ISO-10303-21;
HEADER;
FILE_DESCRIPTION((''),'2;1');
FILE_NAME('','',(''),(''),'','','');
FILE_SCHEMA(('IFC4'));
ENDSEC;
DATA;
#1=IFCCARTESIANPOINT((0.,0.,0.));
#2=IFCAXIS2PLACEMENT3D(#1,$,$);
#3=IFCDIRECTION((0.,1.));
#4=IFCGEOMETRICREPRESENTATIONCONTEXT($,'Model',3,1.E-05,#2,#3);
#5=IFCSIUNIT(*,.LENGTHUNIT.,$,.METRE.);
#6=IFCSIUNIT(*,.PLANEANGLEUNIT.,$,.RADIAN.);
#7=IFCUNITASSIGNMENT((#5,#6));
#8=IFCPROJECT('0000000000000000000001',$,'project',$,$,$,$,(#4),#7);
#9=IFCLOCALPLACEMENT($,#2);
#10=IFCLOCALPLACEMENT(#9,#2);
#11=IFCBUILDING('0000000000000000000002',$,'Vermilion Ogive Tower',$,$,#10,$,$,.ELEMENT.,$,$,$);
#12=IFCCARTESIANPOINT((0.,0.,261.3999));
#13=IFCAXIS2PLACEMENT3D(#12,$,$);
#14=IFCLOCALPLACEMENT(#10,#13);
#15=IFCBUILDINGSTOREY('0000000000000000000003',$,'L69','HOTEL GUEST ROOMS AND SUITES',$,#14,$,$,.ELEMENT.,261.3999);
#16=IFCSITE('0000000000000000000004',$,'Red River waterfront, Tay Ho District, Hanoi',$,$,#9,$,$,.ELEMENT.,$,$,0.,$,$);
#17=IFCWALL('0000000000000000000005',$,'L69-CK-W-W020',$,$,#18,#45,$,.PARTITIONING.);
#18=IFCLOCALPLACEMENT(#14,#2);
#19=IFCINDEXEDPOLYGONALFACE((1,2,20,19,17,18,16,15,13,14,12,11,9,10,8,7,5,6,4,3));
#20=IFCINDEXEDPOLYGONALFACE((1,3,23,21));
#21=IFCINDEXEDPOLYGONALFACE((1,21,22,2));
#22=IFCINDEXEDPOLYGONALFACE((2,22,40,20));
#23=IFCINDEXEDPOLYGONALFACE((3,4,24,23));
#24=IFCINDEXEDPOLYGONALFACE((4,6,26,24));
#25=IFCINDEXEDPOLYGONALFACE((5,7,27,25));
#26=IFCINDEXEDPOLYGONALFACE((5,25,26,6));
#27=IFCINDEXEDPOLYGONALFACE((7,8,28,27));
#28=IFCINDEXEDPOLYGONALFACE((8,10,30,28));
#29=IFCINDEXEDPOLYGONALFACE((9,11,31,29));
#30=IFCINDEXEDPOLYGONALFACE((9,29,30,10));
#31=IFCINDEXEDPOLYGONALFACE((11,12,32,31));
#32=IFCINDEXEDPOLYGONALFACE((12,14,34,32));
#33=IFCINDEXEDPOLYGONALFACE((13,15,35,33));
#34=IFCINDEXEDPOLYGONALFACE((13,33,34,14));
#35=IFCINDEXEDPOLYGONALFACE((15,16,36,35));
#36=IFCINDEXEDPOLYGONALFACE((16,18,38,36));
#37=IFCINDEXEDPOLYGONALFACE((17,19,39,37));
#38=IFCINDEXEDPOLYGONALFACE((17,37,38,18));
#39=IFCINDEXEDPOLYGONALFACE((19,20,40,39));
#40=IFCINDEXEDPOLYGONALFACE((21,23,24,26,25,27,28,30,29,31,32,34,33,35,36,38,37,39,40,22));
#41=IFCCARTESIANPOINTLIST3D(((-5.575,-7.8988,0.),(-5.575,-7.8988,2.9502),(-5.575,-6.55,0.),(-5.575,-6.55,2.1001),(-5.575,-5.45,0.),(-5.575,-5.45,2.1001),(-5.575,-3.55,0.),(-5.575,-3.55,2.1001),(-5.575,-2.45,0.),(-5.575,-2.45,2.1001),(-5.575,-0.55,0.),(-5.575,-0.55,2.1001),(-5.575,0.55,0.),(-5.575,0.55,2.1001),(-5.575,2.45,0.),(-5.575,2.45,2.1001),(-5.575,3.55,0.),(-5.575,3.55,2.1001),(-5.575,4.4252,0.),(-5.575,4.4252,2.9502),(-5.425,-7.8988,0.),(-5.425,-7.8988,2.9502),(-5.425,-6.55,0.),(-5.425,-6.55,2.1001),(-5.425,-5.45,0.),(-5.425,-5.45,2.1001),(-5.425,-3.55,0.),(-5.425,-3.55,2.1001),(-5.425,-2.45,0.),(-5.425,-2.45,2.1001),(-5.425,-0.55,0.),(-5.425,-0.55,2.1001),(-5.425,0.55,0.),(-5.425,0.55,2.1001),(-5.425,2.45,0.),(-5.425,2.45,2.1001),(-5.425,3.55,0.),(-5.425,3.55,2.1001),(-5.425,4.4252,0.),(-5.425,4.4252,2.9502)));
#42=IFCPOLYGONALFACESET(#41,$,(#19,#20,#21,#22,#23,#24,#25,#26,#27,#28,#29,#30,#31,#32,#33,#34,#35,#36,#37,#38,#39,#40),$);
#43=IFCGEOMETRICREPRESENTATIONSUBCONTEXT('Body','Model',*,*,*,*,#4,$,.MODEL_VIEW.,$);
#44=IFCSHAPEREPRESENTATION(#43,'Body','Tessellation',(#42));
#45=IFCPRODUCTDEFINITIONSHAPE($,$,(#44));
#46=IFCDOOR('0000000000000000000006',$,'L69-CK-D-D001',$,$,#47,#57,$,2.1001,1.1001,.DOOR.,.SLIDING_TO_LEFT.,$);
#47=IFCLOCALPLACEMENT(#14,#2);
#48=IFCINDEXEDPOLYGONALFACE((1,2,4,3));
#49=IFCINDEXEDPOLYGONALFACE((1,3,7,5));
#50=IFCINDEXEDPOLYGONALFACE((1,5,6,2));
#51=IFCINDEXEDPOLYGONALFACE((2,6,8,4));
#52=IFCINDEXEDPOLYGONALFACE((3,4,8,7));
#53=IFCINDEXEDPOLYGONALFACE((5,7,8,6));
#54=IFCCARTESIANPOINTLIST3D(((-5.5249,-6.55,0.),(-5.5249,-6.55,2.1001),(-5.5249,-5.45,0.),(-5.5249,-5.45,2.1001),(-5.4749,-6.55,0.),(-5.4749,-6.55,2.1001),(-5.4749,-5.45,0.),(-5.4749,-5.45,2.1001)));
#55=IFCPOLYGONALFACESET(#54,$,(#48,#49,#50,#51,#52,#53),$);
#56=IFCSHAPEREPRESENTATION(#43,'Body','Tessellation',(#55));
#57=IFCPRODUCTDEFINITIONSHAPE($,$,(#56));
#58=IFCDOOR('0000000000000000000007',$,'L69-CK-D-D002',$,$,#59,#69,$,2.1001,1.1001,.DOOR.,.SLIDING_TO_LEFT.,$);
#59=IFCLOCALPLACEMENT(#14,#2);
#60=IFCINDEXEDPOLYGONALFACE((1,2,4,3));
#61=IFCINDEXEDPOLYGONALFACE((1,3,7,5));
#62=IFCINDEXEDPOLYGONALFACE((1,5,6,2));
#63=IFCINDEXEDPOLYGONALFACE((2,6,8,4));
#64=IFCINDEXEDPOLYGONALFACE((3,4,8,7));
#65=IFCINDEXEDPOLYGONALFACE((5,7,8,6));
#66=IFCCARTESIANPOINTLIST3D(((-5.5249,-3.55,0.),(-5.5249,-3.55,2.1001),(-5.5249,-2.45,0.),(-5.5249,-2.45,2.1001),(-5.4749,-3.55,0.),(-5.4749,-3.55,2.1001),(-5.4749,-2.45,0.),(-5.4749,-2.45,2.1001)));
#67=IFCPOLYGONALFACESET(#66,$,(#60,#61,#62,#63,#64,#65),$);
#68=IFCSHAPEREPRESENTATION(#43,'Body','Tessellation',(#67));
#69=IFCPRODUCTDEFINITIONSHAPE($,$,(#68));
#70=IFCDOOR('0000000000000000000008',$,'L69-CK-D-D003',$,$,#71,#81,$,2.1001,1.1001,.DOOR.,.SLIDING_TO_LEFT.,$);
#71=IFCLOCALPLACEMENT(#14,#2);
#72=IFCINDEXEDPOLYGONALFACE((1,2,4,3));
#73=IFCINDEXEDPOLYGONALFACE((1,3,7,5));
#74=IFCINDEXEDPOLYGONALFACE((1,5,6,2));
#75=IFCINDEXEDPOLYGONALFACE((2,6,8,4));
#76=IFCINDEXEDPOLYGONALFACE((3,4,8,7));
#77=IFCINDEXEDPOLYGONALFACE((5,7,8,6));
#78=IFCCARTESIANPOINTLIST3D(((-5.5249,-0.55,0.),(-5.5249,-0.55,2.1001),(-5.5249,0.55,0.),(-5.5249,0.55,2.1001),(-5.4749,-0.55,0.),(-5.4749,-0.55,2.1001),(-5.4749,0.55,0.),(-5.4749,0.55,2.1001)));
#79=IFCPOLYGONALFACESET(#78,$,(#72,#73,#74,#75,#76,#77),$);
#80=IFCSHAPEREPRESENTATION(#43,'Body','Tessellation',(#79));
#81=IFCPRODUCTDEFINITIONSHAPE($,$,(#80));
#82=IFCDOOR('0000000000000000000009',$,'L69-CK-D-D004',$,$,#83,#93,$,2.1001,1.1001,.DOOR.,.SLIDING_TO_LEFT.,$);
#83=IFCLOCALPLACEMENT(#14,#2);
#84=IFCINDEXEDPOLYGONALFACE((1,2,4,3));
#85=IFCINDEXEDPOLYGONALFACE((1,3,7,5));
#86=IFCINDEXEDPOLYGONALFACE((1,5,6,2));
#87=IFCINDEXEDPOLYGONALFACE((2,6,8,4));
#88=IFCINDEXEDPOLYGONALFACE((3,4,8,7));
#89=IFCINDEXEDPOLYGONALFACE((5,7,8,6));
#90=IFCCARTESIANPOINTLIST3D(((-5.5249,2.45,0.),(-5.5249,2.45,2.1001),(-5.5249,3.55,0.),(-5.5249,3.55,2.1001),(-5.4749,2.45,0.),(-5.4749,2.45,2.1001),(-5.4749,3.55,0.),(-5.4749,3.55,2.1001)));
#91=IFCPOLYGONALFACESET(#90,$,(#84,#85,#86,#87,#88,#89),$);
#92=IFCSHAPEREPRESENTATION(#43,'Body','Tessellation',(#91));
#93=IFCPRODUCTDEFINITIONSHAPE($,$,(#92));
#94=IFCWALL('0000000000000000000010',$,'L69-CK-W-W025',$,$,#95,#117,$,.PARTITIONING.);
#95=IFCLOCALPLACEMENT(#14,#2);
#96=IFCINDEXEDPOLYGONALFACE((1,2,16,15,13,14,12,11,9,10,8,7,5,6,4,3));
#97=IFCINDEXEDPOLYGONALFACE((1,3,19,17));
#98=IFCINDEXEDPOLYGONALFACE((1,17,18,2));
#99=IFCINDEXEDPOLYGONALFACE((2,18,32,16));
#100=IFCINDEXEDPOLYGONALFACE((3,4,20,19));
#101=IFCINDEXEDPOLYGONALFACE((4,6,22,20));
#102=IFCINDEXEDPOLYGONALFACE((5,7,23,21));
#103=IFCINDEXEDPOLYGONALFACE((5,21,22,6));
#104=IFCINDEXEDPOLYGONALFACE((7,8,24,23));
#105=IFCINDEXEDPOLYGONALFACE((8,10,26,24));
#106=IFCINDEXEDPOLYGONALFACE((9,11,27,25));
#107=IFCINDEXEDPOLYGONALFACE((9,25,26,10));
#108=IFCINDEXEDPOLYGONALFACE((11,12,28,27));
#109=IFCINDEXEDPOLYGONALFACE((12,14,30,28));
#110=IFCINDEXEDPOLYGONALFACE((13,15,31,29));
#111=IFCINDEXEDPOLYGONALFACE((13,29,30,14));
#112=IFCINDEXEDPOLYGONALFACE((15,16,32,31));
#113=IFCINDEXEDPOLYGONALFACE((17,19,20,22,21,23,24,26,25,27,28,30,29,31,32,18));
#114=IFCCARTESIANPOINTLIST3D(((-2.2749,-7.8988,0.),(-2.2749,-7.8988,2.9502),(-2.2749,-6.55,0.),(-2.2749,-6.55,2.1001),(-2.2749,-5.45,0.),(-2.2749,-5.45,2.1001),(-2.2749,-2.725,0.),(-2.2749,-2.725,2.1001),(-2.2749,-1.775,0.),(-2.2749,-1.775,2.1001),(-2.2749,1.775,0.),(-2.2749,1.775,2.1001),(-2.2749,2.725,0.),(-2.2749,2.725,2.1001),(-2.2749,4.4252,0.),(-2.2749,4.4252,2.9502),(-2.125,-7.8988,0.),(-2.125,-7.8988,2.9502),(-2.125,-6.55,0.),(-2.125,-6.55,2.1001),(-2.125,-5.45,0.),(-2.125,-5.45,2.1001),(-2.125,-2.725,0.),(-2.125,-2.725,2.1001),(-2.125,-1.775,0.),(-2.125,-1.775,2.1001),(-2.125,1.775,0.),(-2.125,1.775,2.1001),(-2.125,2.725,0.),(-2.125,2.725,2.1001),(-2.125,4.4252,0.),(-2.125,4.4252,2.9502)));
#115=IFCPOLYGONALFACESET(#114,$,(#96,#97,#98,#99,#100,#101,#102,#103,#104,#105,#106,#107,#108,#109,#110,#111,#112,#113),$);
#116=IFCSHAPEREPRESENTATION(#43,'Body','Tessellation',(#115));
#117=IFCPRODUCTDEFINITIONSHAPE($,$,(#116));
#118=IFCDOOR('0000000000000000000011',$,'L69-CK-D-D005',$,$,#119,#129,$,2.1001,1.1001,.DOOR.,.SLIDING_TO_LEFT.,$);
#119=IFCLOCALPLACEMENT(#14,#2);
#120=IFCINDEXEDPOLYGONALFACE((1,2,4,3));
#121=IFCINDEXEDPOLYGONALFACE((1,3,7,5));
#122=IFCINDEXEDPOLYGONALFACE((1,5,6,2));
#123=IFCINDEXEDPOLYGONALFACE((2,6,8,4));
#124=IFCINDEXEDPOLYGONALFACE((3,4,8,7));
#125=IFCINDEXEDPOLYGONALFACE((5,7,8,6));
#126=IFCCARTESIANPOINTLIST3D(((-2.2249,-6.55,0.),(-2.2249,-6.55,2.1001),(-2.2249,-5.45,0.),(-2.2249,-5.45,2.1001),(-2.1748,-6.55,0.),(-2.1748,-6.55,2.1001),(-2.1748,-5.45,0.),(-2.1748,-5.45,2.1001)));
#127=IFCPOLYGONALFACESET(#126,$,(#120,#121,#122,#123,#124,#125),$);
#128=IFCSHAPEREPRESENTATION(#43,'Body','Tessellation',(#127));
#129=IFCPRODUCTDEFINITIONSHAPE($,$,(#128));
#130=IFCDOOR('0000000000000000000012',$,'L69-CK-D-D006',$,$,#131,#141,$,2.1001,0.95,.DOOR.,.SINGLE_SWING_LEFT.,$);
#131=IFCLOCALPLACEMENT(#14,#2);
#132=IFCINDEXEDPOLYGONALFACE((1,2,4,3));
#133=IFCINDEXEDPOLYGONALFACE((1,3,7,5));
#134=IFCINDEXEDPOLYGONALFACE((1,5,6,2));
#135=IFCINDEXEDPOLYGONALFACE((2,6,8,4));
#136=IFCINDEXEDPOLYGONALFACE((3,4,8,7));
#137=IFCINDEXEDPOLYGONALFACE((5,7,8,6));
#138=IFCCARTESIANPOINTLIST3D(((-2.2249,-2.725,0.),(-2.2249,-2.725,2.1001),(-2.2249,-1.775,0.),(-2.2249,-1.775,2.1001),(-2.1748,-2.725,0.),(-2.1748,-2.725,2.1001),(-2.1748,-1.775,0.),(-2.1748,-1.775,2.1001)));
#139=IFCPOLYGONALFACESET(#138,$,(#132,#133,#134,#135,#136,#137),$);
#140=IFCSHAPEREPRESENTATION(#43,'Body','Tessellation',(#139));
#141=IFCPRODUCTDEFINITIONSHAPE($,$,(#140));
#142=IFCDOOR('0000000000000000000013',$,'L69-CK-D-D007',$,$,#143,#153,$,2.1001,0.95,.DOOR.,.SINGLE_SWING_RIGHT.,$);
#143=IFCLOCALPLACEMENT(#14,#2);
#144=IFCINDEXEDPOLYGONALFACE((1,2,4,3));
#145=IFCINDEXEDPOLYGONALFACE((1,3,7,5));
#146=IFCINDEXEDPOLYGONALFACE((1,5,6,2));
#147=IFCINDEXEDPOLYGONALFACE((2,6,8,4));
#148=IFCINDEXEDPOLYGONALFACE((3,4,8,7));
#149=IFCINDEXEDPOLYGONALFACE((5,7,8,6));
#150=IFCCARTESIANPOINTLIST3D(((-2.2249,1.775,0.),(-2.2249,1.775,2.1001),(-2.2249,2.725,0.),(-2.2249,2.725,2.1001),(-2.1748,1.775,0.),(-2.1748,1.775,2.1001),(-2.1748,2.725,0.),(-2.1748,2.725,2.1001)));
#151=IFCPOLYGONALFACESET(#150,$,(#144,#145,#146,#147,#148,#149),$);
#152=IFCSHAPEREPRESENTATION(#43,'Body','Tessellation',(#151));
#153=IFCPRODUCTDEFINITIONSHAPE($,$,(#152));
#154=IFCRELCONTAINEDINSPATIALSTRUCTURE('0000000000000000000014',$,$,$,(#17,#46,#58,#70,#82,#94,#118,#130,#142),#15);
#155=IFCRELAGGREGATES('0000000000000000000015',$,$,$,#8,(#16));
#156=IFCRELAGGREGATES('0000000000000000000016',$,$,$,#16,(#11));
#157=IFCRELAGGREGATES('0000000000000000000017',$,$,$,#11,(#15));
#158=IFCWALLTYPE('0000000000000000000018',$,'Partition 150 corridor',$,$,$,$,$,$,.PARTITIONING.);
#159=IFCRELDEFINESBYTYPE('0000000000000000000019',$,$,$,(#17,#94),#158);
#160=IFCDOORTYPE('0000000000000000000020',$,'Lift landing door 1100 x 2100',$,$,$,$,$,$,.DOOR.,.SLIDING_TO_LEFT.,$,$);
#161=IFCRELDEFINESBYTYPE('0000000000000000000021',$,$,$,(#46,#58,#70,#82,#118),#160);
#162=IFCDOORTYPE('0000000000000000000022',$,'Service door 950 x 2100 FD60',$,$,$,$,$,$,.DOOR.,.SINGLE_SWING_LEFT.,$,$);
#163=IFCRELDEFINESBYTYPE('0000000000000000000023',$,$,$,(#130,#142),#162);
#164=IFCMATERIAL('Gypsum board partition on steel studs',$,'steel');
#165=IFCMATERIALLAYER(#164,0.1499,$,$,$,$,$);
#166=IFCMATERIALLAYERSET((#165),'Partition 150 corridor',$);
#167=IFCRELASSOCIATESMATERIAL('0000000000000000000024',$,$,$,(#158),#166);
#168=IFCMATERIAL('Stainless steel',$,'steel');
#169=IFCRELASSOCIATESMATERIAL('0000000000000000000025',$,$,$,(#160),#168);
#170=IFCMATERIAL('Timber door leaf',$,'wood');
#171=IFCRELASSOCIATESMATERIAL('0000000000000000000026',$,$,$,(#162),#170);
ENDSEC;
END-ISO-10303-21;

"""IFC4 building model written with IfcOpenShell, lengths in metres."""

from ifc_helpers import new_model, si_unit, direction, frame, frame_2d, origin, place, context, subcontext, project, spatial, rectangle, extrude, material, layer, layer_set, type_object, element, fill, save


model = new_model("IFC4")

# Units and contexts
model_context = context("Model", 3, precision=1e-05, world=origin(), true_north=direction((0.0, 1.0)))
body_context = subcontext(model_context, "Body", "Model", "MODEL_VIEW")
ifc_project = project(units=[si_unit("LENGTHUNIT", "METRE"), si_unit("PLANEANGLEUNIT", "RADIAN")], contexts=[model_context])

# Site, building, storey
site_placement = place(None, origin())
site = spatial("IfcSite", under=ifc_project, at=site_placement, Name="Red River waterfront, Tay Ho District, Hanoi", CompositionType="ELEMENT", RefElevation=0.0)
building_placement = place(site_placement, origin())
building = spatial("IfcBuilding", under=site, at=building_placement, Name="Vermilion Ogive Tower", CompositionType="ELEMENT")
storey_placement = place(building_placement, frame((0.0, 0.0, 261.3999)))
storey = spatial("IfcBuildingStorey", under=building, at=storey_placement, Name="L69", Description="HOTEL GUEST ROOMS AND SUITES", CompositionType="ELEMENT", Elevation=261.3999)

# Walls, openings, doors
ifc_material_1 = material(Name="Gypsum board partition on steel studs", Category="steel")
ifc_layer_1 = layer(ifc_material_1, 0.1499)
ifc_layer_set_1 = layer_set([ifc_layer_1], Name="Partition 150 corridor")
wall_type_1 = type_object("IfcWallType", Name="Partition 150 corridor", PredefinedType="PARTITIONING", material=ifc_layer_set_1)
wall_1_placement = place(storey_placement, frame((-5.5, -7.8989, 0.0), z_axis=(0.0, 0.0, 1.0), x_axis=(0.0, 1.0, 0.0)))
wall_1 = element("IfcWall", 1, at=wall_1_placement, inside=storey, type_object=wall_type_1, Name="L69-CK-W-W020", PredefinedType="PARTITIONING", context=body_context, shape_type="SweptSolid", body=[
    extrude(rectangle(XDim=12.324, YDim=0.1499, at=frame_2d((6.1621, 0.0))), origin(), (0.0, 0.0, 1.0), 2.9502),
])
opening_1_placement = place(wall_1_placement, frame((1.3489, 0.0, 0.0)))
opening_1 = element("IfcOpeningElement", 2, at=opening_1_placement, cuts=wall_1, PredefinedType="OPENING", context=body_context, shape_type="SweptSolid", body=[
    extrude(rectangle(XDim=1.1001, YDim=2.1001, at=frame_2d((0.55, 1.05))), frame((0.0, 0.085, 0.0), z_axis=(0.0, -1.0, 0.0), x_axis=(1.0, 0.0, 0.0)), (0.0, 0.0, 1.0), 0.1699),
])
opening_2_placement = place(wall_1_placement, frame((4.3489, 0.0, 0.0)))
opening_2 = element("IfcOpeningElement", 3, at=opening_2_placement, cuts=wall_1, PredefinedType="OPENING", context=body_context, shape_type="SweptSolid", body=[
    extrude(rectangle(XDim=1.1001, YDim=2.1001, at=frame_2d((0.55, 1.05))), frame((0.0, 0.085, 0.0), z_axis=(0.0, -1.0, 0.0), x_axis=(1.0, 0.0, 0.0)), (0.0, 0.0, 1.0), 0.1699),
])
opening_3_placement = place(wall_1_placement, frame((7.3489, 0.0, 0.0)))
opening_3 = element("IfcOpeningElement", 4, at=opening_3_placement, cuts=wall_1, PredefinedType="OPENING", context=body_context, shape_type="SweptSolid", body=[
    extrude(rectangle(XDim=1.1001, YDim=2.1001, at=frame_2d((0.55, 1.05))), frame((0.0, 0.085, 0.0), z_axis=(0.0, -1.0, 0.0), x_axis=(1.0, 0.0, 0.0)), (0.0, 0.0, 1.0), 0.1699),
])
opening_4_placement = place(wall_1_placement, frame((10.3489, 0.0, 0.0)))
opening_4 = element("IfcOpeningElement", 5, at=opening_4_placement, cuts=wall_1, PredefinedType="OPENING", context=body_context, shape_type="SweptSolid", body=[
    extrude(rectangle(XDim=1.1001, YDim=2.1001, at=frame_2d((0.55, 1.05))), frame((0.0, 0.085, 0.0), z_axis=(0.0, -1.0, 0.0), x_axis=(1.0, 0.0, 0.0)), (0.0, 0.0, 1.0), 0.1699),
])
ifc_material_2 = material(Name="Stainless steel", Category="steel")
door_type_1 = type_object("IfcDoorType", Name="Lift landing door 1100 x 2100", OperationType="SLIDING_TO_LEFT", PredefinedType="DOOR", material=ifc_material_2)
door_1_placement = place(opening_1_placement, origin())
door_1 = element("IfcDoor", 6, at=door_1_placement, inside=storey, type_object=door_type_1, Name="L69-CK-D-D001", OperationType="SLIDING_TO_LEFT", OverallHeight=2.1001, OverallWidth=1.1001, PredefinedType="DOOR", context=body_context, shape_type="SweptSolid", body=[
    extrude(rectangle(XDim=1.1001, YDim=2.1001, at=frame_2d((0.55, 1.05))), frame((0.0, 0.0249, 0.0), z_axis=(0.0, -1.0, 0.0), x_axis=(1.0, 0.0, 0.0)), (0.0, 0.0, 1.0), 0.05),
])
fill(opening_1, door_1)
door_2_placement = place(opening_2_placement, origin())
door_2 = element("IfcDoor", 7, at=door_2_placement, inside=storey, type_object=door_type_1, Name="L69-CK-D-D002", OperationType="SLIDING_TO_LEFT", OverallHeight=2.1001, OverallWidth=1.1001, PredefinedType="DOOR", context=body_context, shape_type="SweptSolid", body=[
    extrude(rectangle(XDim=1.1001, YDim=2.1001, at=frame_2d((0.55, 1.05))), frame((0.0, 0.0249, 0.0), z_axis=(0.0, -1.0, 0.0), x_axis=(1.0, 0.0, 0.0)), (0.0, 0.0, 1.0), 0.05),
])
fill(opening_2, door_2)
door_3_placement = place(opening_3_placement, origin())
door_3 = element("IfcDoor", 8, at=door_3_placement, inside=storey, type_object=door_type_1, Name="L69-CK-D-D003", OperationType="SLIDING_TO_LEFT", OverallHeight=2.1001, OverallWidth=1.1001, PredefinedType="DOOR", context=body_context, shape_type="SweptSolid", body=[
    extrude(rectangle(XDim=1.1001, YDim=2.1001, at=frame_2d((0.55, 1.05))), frame((0.0, 0.0249, 0.0), z_axis=(0.0, -1.0, 0.0), x_axis=(1.0, 0.0, 0.0)), (0.0, 0.0, 1.0), 0.05),
])
fill(opening_3, door_3)
door_4_placement = place(opening_4_placement, origin())
door_4 = element("IfcDoor", 9, at=door_4_placement, inside=storey, type_object=door_type_1, Name="L69-CK-D-D004", OperationType="SLIDING_TO_LEFT", OverallHeight=2.1001, OverallWidth=1.1001, PredefinedType="DOOR", context=body_context, shape_type="SweptSolid", body=[
    extrude(rectangle(XDim=1.1001, YDim=2.1001, at=frame_2d((0.55, 1.05))), frame((0.0, 0.0249, 0.0), z_axis=(0.0, -1.0, 0.0), x_axis=(1.0, 0.0, 0.0)), (0.0, 0.0, 1.0), 0.05),
])
fill(opening_4, door_4)
wall_2_placement = place(storey_placement, frame((-2.2, -7.8989, 0.0), z_axis=(0.0, 0.0, 1.0), x_axis=(0.0, 1.0, 0.0)))
wall_2 = element("IfcWall", 10, at=wall_2_placement, inside=storey, type_object=wall_type_1, Name="L69-CK-W-W025", PredefinedType="PARTITIONING", context=body_context, shape_type="SweptSolid", body=[
    extrude(rectangle(XDim=12.324, YDim=0.1499, at=frame_2d((6.1621, 0.0))), origin(), (0.0, 0.0, 1.0), 2.9502),
])
opening_5_placement = place(wall_2_placement, frame((1.3489, 0.0, 0.0)))
opening_5 = element("IfcOpeningElement", 11, at=opening_5_placement, cuts=wall_2, PredefinedType="OPENING", context=body_context, shape_type="SweptSolid", body=[
    extrude(rectangle(XDim=1.1001, YDim=2.1001, at=frame_2d((0.55, 1.05))), frame((0.0, 0.085, 0.0), z_axis=(0.0, -1.0, 0.0), x_axis=(1.0, 0.0, 0.0)), (0.0, 0.0, 1.0), 0.1699),
])
opening_6_placement = place(wall_2_placement, frame((5.1738, 0.0, 0.0)))
opening_6 = element("IfcOpeningElement", 12, at=opening_6_placement, cuts=wall_2, PredefinedType="OPENING", context=body_context, shape_type="SweptSolid", body=[
    extrude(rectangle(XDim=0.95, YDim=2.1001, at=frame_2d((0.4751, 1.05))), frame((0.0, 0.085, 0.0), z_axis=(0.0, -1.0, 0.0), x_axis=(1.0, 0.0, 0.0)), (0.0, 0.0, 1.0), 0.1699),
])
opening_7_placement = place(wall_2_placement, frame((9.6738, 0.0, 0.0)))
opening_7 = element("IfcOpeningElement", 13, at=opening_7_placement, cuts=wall_2, PredefinedType="OPENING", context=body_context, shape_type="SweptSolid", body=[
    extrude(rectangle(XDim=0.95, YDim=2.1001, at=frame_2d((0.4751, 1.05))), frame((0.0, 0.085, 0.0), z_axis=(0.0, -1.0, 0.0), x_axis=(1.0, 0.0, 0.0)), (0.0, 0.0, 1.0), 0.1699),
])
door_5_placement = place(opening_5_placement, origin())
door_5 = element("IfcDoor", 14, at=door_5_placement, inside=storey, type_object=door_type_1, Name="L69-CK-D-D005", OperationType="SLIDING_TO_LEFT", OverallHeight=2.1001, OverallWidth=1.1001, PredefinedType="DOOR", context=body_context, shape_type="SweptSolid", body=[
    extrude(rectangle(XDim=1.1001, YDim=2.1001, at=frame_2d((0.55, 1.05))), frame((0.0, 0.0249, 0.0), z_axis=(0.0, -1.0, 0.0), x_axis=(1.0, 0.0, 0.0)), (0.0, 0.0, 1.0), 0.05),
])
fill(opening_5, door_5)
ifc_material_3 = material(Name="Timber door leaf", Category="wood")
door_type_2 = type_object("IfcDoorType", Name="Service door 950 x 2100 FD60", OperationType="SINGLE_SWING_LEFT", PredefinedType="DOOR", material=ifc_material_3)
door_6_placement = place(opening_6_placement, origin())
door_6 = element("IfcDoor", 15, at=door_6_placement, inside=storey, type_object=door_type_2, Name="L69-CK-D-D006", OperationType="SINGLE_SWING_LEFT", OverallHeight=2.1001, OverallWidth=0.95, PredefinedType="DOOR", context=body_context, shape_type="SweptSolid", body=[
    extrude(rectangle(XDim=0.95, YDim=2.1001, at=frame_2d((0.4751, 1.05))), frame((0.0, 0.0249, 0.0), z_axis=(0.0, -1.0, 0.0), x_axis=(1.0, 0.0, 0.0)), (0.0, 0.0, 1.0), 0.05),
])
fill(opening_6, door_6)
door_7_placement = place(opening_7_placement, origin())
door_7 = element("IfcDoor", 16, at=door_7_placement, inside=storey, type_object=door_type_2, Name="L69-CK-D-D007", OperationType="SINGLE_SWING_RIGHT", OverallHeight=2.1001, OverallWidth=0.95, PredefinedType="DOOR", context=body_context, shape_type="SweptSolid", body=[
    extrude(rectangle(XDim=0.95, YDim=2.1001, at=frame_2d((0.4751, 1.05))), frame((0.0, 0.0249, 0.0), z_axis=(0.0, -1.0, 0.0), x_axis=(1.0, 0.0, 0.0)), (0.0, 0.0, 1.0), 0.05),
])
fill(opening_7, door_7)

save(model, "model.ifc")
